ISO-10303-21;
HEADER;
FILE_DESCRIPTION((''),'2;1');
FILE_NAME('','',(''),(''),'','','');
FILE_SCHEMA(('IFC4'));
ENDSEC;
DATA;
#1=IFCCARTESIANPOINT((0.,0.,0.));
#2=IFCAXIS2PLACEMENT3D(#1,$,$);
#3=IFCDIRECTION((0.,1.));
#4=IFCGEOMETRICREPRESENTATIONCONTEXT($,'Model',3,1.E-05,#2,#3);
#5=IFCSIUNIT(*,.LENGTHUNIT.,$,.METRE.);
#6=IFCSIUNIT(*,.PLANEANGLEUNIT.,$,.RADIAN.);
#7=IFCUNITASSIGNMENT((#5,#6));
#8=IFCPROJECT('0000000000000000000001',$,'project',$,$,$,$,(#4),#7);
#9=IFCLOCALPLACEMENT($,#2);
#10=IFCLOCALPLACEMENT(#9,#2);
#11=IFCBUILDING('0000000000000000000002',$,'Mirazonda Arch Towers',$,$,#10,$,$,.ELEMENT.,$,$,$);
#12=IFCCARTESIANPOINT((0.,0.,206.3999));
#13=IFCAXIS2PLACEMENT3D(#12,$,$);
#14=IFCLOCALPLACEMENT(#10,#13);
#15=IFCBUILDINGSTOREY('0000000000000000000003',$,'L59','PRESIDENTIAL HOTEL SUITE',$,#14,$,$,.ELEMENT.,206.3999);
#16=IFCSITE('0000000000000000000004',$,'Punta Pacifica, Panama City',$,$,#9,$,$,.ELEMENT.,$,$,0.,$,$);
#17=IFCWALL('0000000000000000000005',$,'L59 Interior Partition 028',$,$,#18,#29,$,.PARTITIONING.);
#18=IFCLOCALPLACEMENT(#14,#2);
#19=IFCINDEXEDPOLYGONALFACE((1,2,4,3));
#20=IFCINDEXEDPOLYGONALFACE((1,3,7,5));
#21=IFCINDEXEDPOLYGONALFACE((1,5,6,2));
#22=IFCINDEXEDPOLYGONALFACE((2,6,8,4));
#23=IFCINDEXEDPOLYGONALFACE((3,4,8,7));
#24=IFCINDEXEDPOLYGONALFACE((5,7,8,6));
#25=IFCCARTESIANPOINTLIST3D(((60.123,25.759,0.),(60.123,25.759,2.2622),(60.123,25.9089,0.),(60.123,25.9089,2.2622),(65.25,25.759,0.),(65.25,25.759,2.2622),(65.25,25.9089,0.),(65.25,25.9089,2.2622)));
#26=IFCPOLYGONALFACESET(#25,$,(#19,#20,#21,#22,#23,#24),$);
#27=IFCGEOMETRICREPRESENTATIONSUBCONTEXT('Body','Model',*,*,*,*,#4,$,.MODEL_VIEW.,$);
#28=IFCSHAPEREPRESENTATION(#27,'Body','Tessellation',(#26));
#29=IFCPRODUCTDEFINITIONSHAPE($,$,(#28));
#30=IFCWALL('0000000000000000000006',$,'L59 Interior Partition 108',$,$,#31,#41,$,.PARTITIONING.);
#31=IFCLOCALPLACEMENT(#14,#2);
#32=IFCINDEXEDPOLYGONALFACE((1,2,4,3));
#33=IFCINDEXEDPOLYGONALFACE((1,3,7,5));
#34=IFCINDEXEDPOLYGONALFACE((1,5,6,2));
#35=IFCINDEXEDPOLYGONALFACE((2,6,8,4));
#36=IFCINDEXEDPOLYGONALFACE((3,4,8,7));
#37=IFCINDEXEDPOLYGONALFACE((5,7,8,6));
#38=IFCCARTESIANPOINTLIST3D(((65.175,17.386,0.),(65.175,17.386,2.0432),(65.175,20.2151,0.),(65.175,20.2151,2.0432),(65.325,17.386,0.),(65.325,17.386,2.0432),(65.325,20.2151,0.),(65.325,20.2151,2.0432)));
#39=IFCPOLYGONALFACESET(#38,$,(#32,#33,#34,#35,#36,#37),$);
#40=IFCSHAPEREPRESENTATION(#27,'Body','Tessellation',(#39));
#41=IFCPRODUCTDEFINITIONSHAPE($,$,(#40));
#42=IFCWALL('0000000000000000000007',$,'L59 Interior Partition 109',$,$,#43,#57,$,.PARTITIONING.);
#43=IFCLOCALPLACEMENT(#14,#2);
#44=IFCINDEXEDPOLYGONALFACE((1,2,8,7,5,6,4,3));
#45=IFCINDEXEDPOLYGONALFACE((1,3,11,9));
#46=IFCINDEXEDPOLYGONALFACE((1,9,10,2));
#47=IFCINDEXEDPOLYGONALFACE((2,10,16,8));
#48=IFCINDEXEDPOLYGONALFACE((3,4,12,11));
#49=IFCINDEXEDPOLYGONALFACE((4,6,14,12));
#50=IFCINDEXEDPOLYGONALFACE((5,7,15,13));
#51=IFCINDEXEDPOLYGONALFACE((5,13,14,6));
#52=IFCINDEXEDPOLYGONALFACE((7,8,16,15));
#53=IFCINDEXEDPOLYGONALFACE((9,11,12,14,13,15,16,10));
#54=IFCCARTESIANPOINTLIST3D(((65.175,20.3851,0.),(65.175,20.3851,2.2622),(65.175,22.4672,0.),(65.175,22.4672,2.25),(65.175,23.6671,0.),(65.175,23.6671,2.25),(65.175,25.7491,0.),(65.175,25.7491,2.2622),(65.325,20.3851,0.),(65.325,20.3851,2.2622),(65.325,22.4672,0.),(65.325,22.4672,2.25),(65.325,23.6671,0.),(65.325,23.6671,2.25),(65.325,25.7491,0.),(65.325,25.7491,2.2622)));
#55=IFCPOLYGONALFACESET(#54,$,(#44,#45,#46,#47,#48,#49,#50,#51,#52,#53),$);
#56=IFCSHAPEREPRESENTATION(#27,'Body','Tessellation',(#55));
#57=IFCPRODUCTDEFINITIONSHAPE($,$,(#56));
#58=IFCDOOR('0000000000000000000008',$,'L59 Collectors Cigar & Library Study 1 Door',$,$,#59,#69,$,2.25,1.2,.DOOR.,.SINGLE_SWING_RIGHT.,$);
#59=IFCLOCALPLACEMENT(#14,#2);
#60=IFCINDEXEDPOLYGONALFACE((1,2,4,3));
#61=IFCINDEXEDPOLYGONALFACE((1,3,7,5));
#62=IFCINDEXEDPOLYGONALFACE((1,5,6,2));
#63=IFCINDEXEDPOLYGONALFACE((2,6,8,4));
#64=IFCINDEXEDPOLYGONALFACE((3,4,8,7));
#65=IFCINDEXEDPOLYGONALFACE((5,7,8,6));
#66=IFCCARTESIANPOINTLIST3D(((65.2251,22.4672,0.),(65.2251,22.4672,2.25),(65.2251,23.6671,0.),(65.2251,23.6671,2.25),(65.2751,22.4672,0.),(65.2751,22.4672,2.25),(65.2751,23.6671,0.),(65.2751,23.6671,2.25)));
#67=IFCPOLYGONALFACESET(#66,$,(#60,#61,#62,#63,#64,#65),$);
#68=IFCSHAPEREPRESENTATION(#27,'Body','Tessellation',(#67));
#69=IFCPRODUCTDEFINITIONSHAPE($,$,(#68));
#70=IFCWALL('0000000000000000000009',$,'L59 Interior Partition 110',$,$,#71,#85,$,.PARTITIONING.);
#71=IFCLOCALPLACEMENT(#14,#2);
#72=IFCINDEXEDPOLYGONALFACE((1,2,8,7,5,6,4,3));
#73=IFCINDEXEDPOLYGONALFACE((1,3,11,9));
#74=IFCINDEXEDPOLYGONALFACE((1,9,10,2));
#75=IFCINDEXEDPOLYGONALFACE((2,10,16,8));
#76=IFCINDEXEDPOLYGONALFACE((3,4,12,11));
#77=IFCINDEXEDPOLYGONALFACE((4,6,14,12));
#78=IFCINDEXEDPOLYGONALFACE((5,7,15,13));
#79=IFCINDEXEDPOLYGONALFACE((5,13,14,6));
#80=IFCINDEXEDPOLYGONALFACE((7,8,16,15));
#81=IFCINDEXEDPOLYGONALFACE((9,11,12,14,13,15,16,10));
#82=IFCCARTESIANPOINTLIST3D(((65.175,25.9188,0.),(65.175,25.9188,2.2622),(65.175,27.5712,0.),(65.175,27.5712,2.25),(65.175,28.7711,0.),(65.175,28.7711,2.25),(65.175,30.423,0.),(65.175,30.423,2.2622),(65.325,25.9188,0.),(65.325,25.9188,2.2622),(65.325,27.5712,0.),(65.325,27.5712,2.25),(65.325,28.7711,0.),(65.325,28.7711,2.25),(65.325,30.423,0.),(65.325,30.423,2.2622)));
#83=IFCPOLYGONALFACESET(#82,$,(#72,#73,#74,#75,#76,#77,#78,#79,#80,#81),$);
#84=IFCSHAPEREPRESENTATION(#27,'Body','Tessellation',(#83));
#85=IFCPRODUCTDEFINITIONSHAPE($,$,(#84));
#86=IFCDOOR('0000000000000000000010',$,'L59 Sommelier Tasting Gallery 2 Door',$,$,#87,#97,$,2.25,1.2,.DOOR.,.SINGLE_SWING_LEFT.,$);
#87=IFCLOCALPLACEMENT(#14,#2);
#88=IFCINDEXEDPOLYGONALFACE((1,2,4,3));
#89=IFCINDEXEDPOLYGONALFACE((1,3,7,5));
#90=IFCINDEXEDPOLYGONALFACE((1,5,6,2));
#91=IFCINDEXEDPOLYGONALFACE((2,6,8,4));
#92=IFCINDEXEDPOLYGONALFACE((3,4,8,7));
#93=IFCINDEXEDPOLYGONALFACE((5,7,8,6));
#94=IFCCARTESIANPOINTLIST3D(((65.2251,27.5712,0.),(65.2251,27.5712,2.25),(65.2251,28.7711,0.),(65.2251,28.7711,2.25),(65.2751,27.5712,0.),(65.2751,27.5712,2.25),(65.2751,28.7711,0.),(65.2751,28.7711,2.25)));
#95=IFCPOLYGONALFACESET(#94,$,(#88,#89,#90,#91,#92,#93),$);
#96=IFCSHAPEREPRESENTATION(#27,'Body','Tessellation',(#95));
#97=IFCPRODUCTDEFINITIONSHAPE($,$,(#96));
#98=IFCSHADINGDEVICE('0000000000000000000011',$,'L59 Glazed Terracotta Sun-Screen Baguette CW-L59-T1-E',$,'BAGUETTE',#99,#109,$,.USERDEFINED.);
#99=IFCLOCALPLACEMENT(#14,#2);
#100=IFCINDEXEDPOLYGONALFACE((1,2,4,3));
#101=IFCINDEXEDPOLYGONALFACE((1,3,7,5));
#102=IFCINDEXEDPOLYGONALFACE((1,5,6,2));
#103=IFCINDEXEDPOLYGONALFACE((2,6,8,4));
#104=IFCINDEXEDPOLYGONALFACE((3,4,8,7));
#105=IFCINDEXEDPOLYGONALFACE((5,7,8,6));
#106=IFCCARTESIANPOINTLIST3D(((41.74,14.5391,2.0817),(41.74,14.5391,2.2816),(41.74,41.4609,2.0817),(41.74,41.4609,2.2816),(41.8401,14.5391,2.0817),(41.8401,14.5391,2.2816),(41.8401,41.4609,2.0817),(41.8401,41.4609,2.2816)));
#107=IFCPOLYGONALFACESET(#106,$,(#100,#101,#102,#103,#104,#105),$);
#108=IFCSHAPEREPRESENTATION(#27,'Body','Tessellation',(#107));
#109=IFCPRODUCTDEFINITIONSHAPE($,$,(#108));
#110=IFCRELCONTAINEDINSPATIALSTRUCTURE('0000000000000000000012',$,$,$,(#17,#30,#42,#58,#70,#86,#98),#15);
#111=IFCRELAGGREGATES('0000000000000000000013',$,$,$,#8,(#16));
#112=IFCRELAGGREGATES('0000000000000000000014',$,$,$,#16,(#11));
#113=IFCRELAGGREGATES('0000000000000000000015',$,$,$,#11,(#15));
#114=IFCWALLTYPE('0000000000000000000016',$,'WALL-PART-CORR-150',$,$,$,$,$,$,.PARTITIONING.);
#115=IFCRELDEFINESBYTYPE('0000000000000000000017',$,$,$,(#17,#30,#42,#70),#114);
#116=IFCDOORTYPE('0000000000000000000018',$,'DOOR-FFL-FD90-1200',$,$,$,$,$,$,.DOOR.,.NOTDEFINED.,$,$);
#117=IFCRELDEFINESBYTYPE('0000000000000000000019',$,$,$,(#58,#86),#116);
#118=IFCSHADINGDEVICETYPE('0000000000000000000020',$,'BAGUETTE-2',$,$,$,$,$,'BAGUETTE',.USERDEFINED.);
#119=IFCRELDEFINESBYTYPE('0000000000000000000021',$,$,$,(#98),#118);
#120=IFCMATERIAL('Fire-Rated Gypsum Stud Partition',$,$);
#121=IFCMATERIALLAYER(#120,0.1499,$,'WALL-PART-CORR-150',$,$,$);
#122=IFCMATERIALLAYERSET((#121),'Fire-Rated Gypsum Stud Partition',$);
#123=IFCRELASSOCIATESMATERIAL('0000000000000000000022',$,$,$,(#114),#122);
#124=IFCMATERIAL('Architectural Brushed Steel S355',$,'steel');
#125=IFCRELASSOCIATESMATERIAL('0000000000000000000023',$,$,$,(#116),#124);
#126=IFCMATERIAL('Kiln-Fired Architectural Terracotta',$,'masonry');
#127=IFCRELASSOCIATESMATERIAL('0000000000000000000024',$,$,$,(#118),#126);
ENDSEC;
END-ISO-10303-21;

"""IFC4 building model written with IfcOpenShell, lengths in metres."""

from ifc_helpers import new_model, si_unit, direction, frame, frame_2d, origin, origin_2d, place, context, subcontext, project, spatial, rectangle, extrude, material, layer, layer_set, material_profile, profile_set, type_object, element, fill, save


model = new_model("IFC4")

# Units and contexts
model_context = context("Model", 3, precision=1e-05, world=origin(), true_north=direction((0.0, 1.0)))
body_context = subcontext(model_context, "Body", "Model", "MODEL_VIEW")
ifc_project = project(units=[si_unit("LENGTHUNIT", "METRE"), si_unit("PLANEANGLEUNIT", "RADIAN")], contexts=[model_context])

# Site, building, storey
site_placement = place(None, origin())
site = spatial("IfcSite", under=ifc_project, at=site_placement, Name="Punta Pacifica, Panama City", CompositionType="ELEMENT", RefElevation=0.0)
building_placement = place(site_placement, origin())
building = spatial("IfcBuilding", under=site, at=building_placement, Name="Mirazonda Arch Towers", CompositionType="ELEMENT")
storey_placement = place(building_placement, frame((0.0, 0.0, 206.3999)))
storey = spatial("IfcBuildingStorey", under=building, at=storey_placement, Name="L59", Description="PRESIDENTIAL HOTEL SUITE", CompositionType="ELEMENT", Elevation=206.3999)

# Walls
ifc_material_1 = material(Name="Fire-Rated Gypsum Stud Partition")
ifc_layer_1 = layer(ifc_material_1, 0.1499, Name="WALL-PART-CORR-150")
ifc_layer_set_1 = layer_set([ifc_layer_1], Name="Fire-Rated Gypsum Stud Partition")
wall_type_1 = type_object("IfcWallType", Name="WALL-PART-CORR-150", PredefinedType="PARTITIONING", material=ifc_layer_set_1)
wall_1_placement = place(storey_placement, frame((60.123, 25.834, 0.0), z_axis=(0.0, 0.0, 1.0), x_axis=(1.0, 0.0, 0.0)))
element("IfcWall", 1, at=wall_1_placement, inside=storey, type_object=wall_type_1, Name="L59 Interior Partition 028", PredefinedType="PARTITIONING", context=body_context, shape_type="SweptSolid", body=[
    extrude(rectangle(XDim=5.127, YDim=0.1499, at=frame_2d((2.5635, 0.0))), origin(), (0.0, 0.0, 1.0), 2.2622),
])
wall_2_placement = place(storey_placement, frame((65.25, 17.386, 0.0), z_axis=(0.0, 0.0, 1.0), x_axis=(0.0, 1.0, 0.0)))
element("IfcWall", 2, at=wall_2_placement, inside=storey, type_object=wall_type_1, Name="L59 Interior Partition 108", PredefinedType="PARTITIONING", context=body_context, shape_type="SweptSolid", body=[
    extrude(rectangle(XDim=2.8291, YDim=0.1499, at=frame_2d((1.4146, 0.0))), origin(), (0.0, 0.0, 1.0), 2.0432),
])

# Walls, openings, doors
wall_3_placement = place(storey_placement, frame((65.25, 20.385, 0.0), z_axis=(0.0, 0.0, 1.0), x_axis=(0.0, 1.0, 0.0)))
wall_3 = element("IfcWall", 3, at=wall_3_placement, inside=storey, type_object=wall_type_1, Name="L59 Interior Partition 109", PredefinedType="PARTITIONING", context=body_context, shape_type="SweptSolid", body=[
    extrude(rectangle(XDim=5.364, YDim=0.1499, at=frame_2d((2.6821, 0.0))), origin(), (0.0, 0.0, 1.0), 2.2622),
])
opening_1_placement = place(wall_3_placement, frame((2.082, 0.0, 0.0)))
opening_1 = element("IfcOpeningElement", 4, at=opening_1_placement, cuts=wall_3, PredefinedType="OPENING", context=body_context, shape_type="SweptSolid", body=[
    extrude(rectangle(XDim=1.2, YDim=2.25, at=frame_2d((0.6001, 1.125))), frame((0.0, 0.085, 0.0), z_axis=(0.0, -1.0, 0.0), x_axis=(1.0, 0.0, 0.0)), (0.0, 0.0, 1.0), 0.1699),
])
ifc_material_2 = material(Name="Architectural Brushed Steel S355", Category="steel")
door_type = type_object("IfcDoorType", Name="DOOR-FFL-FD90-1200", OperationType="NOTDEFINED", PredefinedType="DOOR", material=ifc_material_2)
door_1_placement = place(opening_1_placement, origin())
door_1 = element("IfcDoor", 5, at=door_1_placement, inside=storey, type_object=door_type, Name="L59 Collectors Cigar & Library Study 1 Door", OperationType="SINGLE_SWING_RIGHT", OverallHeight=2.25, OverallWidth=1.2, PredefinedType="DOOR", context=body_context, shape_type="SweptSolid", body=[
    extrude(rectangle(XDim=1.2, YDim=2.25, at=frame_2d((0.6001, 1.125))), frame((0.0, 0.0249, 0.0), z_axis=(0.0, -1.0, 0.0), x_axis=(1.0, 0.0, 0.0)), (0.0, 0.0, 1.0), 0.05),
])
fill(opening_1, door_1)
wall_4_placement = place(storey_placement, frame((65.25, 25.9189, 0.0), z_axis=(0.0, 0.0, 1.0), x_axis=(0.0, 1.0, 0.0)))
wall_4 = element("IfcWall", 6, at=wall_4_placement, inside=storey, type_object=wall_type_1, Name="L59 Interior Partition 110", PredefinedType="PARTITIONING", context=body_context, shape_type="SweptSolid", body=[
    extrude(rectangle(XDim=4.5042, YDim=0.1499, at=frame_2d((2.252, 0.0))), origin(), (0.0, 0.0, 1.0), 2.2622),
])
opening_2_placement = place(wall_4_placement, frame((1.6521, 0.0, 0.0)))
opening_2 = element("IfcOpeningElement", 7, at=opening_2_placement, cuts=wall_4, PredefinedType="OPENING", context=body_context, shape_type="SweptSolid", body=[
    extrude(rectangle(XDim=1.2, YDim=2.25, at=frame_2d((0.6001, 1.125))), frame((0.0, 0.085, 0.0), z_axis=(0.0, -1.0, 0.0), x_axis=(1.0, 0.0, 0.0)), (0.0, 0.0, 1.0), 0.1699),
])
door_2_placement = place(opening_2_placement, origin())
door_2 = element("IfcDoor", 8, at=door_2_placement, inside=storey, type_object=door_type, Name="L59 Sommelier Tasting Gallery 2 Door", OperationType="SINGLE_SWING_LEFT", OverallHeight=2.25, OverallWidth=1.2, PredefinedType="DOOR", context=body_context, shape_type="SweptSolid", body=[
    extrude(rectangle(XDim=1.2, YDim=2.25, at=frame_2d((0.6001, 1.125))), frame((0.0, 0.0249, 0.0), z_axis=(0.0, -1.0, 0.0), x_axis=(1.0, 0.0, 0.0)), (0.0, 0.0, 1.0), 0.05),
])
fill(opening_2, door_2)

# Shading device
ifc_material_3 = material(Name="Kiln-Fired Architectural Terracotta", Category="masonry")
ifc_material_profile_1 = material_profile(ifc_material_3, rectangle(XDim=0.1001, YDim=0.2, at=origin_2d()), Name="TERRA-BAG-100x200")
ifc_profile_set_1 = profile_set([ifc_material_profile_1], Name="Kiln-Fired Architectural Terracotta")
shading_device_type = type_object("IfcShadingDeviceType", Name="BAGUETTE-2", ElementType="BAGUETTE", PredefinedType="USERDEFINED", material=ifc_profile_set_1)
shading_device_placement = place(storey_placement, frame((41.79, 14.5391, 2.1816), z_axis=(0.0, 1.0, 0.0), x_axis=(-1.0, 0.0, 0.0)))
element("IfcShadingDevice", 9, at=shading_device_placement, inside=storey, type_object=shading_device_type, Name="L59 Glazed Terracotta Sun-Screen Baguette CW-L59-T1-E", ObjectType="BAGUETTE", PredefinedType="USERDEFINED", context=body_context, shape_type="SweptSolid", body=[
    extrude(rectangle(XDim=0.1001, YDim=0.2, at=origin_2d()), origin(), (0.0, 0.0, 1.0), 26.9219),
])

save(model, "model.ifc")
